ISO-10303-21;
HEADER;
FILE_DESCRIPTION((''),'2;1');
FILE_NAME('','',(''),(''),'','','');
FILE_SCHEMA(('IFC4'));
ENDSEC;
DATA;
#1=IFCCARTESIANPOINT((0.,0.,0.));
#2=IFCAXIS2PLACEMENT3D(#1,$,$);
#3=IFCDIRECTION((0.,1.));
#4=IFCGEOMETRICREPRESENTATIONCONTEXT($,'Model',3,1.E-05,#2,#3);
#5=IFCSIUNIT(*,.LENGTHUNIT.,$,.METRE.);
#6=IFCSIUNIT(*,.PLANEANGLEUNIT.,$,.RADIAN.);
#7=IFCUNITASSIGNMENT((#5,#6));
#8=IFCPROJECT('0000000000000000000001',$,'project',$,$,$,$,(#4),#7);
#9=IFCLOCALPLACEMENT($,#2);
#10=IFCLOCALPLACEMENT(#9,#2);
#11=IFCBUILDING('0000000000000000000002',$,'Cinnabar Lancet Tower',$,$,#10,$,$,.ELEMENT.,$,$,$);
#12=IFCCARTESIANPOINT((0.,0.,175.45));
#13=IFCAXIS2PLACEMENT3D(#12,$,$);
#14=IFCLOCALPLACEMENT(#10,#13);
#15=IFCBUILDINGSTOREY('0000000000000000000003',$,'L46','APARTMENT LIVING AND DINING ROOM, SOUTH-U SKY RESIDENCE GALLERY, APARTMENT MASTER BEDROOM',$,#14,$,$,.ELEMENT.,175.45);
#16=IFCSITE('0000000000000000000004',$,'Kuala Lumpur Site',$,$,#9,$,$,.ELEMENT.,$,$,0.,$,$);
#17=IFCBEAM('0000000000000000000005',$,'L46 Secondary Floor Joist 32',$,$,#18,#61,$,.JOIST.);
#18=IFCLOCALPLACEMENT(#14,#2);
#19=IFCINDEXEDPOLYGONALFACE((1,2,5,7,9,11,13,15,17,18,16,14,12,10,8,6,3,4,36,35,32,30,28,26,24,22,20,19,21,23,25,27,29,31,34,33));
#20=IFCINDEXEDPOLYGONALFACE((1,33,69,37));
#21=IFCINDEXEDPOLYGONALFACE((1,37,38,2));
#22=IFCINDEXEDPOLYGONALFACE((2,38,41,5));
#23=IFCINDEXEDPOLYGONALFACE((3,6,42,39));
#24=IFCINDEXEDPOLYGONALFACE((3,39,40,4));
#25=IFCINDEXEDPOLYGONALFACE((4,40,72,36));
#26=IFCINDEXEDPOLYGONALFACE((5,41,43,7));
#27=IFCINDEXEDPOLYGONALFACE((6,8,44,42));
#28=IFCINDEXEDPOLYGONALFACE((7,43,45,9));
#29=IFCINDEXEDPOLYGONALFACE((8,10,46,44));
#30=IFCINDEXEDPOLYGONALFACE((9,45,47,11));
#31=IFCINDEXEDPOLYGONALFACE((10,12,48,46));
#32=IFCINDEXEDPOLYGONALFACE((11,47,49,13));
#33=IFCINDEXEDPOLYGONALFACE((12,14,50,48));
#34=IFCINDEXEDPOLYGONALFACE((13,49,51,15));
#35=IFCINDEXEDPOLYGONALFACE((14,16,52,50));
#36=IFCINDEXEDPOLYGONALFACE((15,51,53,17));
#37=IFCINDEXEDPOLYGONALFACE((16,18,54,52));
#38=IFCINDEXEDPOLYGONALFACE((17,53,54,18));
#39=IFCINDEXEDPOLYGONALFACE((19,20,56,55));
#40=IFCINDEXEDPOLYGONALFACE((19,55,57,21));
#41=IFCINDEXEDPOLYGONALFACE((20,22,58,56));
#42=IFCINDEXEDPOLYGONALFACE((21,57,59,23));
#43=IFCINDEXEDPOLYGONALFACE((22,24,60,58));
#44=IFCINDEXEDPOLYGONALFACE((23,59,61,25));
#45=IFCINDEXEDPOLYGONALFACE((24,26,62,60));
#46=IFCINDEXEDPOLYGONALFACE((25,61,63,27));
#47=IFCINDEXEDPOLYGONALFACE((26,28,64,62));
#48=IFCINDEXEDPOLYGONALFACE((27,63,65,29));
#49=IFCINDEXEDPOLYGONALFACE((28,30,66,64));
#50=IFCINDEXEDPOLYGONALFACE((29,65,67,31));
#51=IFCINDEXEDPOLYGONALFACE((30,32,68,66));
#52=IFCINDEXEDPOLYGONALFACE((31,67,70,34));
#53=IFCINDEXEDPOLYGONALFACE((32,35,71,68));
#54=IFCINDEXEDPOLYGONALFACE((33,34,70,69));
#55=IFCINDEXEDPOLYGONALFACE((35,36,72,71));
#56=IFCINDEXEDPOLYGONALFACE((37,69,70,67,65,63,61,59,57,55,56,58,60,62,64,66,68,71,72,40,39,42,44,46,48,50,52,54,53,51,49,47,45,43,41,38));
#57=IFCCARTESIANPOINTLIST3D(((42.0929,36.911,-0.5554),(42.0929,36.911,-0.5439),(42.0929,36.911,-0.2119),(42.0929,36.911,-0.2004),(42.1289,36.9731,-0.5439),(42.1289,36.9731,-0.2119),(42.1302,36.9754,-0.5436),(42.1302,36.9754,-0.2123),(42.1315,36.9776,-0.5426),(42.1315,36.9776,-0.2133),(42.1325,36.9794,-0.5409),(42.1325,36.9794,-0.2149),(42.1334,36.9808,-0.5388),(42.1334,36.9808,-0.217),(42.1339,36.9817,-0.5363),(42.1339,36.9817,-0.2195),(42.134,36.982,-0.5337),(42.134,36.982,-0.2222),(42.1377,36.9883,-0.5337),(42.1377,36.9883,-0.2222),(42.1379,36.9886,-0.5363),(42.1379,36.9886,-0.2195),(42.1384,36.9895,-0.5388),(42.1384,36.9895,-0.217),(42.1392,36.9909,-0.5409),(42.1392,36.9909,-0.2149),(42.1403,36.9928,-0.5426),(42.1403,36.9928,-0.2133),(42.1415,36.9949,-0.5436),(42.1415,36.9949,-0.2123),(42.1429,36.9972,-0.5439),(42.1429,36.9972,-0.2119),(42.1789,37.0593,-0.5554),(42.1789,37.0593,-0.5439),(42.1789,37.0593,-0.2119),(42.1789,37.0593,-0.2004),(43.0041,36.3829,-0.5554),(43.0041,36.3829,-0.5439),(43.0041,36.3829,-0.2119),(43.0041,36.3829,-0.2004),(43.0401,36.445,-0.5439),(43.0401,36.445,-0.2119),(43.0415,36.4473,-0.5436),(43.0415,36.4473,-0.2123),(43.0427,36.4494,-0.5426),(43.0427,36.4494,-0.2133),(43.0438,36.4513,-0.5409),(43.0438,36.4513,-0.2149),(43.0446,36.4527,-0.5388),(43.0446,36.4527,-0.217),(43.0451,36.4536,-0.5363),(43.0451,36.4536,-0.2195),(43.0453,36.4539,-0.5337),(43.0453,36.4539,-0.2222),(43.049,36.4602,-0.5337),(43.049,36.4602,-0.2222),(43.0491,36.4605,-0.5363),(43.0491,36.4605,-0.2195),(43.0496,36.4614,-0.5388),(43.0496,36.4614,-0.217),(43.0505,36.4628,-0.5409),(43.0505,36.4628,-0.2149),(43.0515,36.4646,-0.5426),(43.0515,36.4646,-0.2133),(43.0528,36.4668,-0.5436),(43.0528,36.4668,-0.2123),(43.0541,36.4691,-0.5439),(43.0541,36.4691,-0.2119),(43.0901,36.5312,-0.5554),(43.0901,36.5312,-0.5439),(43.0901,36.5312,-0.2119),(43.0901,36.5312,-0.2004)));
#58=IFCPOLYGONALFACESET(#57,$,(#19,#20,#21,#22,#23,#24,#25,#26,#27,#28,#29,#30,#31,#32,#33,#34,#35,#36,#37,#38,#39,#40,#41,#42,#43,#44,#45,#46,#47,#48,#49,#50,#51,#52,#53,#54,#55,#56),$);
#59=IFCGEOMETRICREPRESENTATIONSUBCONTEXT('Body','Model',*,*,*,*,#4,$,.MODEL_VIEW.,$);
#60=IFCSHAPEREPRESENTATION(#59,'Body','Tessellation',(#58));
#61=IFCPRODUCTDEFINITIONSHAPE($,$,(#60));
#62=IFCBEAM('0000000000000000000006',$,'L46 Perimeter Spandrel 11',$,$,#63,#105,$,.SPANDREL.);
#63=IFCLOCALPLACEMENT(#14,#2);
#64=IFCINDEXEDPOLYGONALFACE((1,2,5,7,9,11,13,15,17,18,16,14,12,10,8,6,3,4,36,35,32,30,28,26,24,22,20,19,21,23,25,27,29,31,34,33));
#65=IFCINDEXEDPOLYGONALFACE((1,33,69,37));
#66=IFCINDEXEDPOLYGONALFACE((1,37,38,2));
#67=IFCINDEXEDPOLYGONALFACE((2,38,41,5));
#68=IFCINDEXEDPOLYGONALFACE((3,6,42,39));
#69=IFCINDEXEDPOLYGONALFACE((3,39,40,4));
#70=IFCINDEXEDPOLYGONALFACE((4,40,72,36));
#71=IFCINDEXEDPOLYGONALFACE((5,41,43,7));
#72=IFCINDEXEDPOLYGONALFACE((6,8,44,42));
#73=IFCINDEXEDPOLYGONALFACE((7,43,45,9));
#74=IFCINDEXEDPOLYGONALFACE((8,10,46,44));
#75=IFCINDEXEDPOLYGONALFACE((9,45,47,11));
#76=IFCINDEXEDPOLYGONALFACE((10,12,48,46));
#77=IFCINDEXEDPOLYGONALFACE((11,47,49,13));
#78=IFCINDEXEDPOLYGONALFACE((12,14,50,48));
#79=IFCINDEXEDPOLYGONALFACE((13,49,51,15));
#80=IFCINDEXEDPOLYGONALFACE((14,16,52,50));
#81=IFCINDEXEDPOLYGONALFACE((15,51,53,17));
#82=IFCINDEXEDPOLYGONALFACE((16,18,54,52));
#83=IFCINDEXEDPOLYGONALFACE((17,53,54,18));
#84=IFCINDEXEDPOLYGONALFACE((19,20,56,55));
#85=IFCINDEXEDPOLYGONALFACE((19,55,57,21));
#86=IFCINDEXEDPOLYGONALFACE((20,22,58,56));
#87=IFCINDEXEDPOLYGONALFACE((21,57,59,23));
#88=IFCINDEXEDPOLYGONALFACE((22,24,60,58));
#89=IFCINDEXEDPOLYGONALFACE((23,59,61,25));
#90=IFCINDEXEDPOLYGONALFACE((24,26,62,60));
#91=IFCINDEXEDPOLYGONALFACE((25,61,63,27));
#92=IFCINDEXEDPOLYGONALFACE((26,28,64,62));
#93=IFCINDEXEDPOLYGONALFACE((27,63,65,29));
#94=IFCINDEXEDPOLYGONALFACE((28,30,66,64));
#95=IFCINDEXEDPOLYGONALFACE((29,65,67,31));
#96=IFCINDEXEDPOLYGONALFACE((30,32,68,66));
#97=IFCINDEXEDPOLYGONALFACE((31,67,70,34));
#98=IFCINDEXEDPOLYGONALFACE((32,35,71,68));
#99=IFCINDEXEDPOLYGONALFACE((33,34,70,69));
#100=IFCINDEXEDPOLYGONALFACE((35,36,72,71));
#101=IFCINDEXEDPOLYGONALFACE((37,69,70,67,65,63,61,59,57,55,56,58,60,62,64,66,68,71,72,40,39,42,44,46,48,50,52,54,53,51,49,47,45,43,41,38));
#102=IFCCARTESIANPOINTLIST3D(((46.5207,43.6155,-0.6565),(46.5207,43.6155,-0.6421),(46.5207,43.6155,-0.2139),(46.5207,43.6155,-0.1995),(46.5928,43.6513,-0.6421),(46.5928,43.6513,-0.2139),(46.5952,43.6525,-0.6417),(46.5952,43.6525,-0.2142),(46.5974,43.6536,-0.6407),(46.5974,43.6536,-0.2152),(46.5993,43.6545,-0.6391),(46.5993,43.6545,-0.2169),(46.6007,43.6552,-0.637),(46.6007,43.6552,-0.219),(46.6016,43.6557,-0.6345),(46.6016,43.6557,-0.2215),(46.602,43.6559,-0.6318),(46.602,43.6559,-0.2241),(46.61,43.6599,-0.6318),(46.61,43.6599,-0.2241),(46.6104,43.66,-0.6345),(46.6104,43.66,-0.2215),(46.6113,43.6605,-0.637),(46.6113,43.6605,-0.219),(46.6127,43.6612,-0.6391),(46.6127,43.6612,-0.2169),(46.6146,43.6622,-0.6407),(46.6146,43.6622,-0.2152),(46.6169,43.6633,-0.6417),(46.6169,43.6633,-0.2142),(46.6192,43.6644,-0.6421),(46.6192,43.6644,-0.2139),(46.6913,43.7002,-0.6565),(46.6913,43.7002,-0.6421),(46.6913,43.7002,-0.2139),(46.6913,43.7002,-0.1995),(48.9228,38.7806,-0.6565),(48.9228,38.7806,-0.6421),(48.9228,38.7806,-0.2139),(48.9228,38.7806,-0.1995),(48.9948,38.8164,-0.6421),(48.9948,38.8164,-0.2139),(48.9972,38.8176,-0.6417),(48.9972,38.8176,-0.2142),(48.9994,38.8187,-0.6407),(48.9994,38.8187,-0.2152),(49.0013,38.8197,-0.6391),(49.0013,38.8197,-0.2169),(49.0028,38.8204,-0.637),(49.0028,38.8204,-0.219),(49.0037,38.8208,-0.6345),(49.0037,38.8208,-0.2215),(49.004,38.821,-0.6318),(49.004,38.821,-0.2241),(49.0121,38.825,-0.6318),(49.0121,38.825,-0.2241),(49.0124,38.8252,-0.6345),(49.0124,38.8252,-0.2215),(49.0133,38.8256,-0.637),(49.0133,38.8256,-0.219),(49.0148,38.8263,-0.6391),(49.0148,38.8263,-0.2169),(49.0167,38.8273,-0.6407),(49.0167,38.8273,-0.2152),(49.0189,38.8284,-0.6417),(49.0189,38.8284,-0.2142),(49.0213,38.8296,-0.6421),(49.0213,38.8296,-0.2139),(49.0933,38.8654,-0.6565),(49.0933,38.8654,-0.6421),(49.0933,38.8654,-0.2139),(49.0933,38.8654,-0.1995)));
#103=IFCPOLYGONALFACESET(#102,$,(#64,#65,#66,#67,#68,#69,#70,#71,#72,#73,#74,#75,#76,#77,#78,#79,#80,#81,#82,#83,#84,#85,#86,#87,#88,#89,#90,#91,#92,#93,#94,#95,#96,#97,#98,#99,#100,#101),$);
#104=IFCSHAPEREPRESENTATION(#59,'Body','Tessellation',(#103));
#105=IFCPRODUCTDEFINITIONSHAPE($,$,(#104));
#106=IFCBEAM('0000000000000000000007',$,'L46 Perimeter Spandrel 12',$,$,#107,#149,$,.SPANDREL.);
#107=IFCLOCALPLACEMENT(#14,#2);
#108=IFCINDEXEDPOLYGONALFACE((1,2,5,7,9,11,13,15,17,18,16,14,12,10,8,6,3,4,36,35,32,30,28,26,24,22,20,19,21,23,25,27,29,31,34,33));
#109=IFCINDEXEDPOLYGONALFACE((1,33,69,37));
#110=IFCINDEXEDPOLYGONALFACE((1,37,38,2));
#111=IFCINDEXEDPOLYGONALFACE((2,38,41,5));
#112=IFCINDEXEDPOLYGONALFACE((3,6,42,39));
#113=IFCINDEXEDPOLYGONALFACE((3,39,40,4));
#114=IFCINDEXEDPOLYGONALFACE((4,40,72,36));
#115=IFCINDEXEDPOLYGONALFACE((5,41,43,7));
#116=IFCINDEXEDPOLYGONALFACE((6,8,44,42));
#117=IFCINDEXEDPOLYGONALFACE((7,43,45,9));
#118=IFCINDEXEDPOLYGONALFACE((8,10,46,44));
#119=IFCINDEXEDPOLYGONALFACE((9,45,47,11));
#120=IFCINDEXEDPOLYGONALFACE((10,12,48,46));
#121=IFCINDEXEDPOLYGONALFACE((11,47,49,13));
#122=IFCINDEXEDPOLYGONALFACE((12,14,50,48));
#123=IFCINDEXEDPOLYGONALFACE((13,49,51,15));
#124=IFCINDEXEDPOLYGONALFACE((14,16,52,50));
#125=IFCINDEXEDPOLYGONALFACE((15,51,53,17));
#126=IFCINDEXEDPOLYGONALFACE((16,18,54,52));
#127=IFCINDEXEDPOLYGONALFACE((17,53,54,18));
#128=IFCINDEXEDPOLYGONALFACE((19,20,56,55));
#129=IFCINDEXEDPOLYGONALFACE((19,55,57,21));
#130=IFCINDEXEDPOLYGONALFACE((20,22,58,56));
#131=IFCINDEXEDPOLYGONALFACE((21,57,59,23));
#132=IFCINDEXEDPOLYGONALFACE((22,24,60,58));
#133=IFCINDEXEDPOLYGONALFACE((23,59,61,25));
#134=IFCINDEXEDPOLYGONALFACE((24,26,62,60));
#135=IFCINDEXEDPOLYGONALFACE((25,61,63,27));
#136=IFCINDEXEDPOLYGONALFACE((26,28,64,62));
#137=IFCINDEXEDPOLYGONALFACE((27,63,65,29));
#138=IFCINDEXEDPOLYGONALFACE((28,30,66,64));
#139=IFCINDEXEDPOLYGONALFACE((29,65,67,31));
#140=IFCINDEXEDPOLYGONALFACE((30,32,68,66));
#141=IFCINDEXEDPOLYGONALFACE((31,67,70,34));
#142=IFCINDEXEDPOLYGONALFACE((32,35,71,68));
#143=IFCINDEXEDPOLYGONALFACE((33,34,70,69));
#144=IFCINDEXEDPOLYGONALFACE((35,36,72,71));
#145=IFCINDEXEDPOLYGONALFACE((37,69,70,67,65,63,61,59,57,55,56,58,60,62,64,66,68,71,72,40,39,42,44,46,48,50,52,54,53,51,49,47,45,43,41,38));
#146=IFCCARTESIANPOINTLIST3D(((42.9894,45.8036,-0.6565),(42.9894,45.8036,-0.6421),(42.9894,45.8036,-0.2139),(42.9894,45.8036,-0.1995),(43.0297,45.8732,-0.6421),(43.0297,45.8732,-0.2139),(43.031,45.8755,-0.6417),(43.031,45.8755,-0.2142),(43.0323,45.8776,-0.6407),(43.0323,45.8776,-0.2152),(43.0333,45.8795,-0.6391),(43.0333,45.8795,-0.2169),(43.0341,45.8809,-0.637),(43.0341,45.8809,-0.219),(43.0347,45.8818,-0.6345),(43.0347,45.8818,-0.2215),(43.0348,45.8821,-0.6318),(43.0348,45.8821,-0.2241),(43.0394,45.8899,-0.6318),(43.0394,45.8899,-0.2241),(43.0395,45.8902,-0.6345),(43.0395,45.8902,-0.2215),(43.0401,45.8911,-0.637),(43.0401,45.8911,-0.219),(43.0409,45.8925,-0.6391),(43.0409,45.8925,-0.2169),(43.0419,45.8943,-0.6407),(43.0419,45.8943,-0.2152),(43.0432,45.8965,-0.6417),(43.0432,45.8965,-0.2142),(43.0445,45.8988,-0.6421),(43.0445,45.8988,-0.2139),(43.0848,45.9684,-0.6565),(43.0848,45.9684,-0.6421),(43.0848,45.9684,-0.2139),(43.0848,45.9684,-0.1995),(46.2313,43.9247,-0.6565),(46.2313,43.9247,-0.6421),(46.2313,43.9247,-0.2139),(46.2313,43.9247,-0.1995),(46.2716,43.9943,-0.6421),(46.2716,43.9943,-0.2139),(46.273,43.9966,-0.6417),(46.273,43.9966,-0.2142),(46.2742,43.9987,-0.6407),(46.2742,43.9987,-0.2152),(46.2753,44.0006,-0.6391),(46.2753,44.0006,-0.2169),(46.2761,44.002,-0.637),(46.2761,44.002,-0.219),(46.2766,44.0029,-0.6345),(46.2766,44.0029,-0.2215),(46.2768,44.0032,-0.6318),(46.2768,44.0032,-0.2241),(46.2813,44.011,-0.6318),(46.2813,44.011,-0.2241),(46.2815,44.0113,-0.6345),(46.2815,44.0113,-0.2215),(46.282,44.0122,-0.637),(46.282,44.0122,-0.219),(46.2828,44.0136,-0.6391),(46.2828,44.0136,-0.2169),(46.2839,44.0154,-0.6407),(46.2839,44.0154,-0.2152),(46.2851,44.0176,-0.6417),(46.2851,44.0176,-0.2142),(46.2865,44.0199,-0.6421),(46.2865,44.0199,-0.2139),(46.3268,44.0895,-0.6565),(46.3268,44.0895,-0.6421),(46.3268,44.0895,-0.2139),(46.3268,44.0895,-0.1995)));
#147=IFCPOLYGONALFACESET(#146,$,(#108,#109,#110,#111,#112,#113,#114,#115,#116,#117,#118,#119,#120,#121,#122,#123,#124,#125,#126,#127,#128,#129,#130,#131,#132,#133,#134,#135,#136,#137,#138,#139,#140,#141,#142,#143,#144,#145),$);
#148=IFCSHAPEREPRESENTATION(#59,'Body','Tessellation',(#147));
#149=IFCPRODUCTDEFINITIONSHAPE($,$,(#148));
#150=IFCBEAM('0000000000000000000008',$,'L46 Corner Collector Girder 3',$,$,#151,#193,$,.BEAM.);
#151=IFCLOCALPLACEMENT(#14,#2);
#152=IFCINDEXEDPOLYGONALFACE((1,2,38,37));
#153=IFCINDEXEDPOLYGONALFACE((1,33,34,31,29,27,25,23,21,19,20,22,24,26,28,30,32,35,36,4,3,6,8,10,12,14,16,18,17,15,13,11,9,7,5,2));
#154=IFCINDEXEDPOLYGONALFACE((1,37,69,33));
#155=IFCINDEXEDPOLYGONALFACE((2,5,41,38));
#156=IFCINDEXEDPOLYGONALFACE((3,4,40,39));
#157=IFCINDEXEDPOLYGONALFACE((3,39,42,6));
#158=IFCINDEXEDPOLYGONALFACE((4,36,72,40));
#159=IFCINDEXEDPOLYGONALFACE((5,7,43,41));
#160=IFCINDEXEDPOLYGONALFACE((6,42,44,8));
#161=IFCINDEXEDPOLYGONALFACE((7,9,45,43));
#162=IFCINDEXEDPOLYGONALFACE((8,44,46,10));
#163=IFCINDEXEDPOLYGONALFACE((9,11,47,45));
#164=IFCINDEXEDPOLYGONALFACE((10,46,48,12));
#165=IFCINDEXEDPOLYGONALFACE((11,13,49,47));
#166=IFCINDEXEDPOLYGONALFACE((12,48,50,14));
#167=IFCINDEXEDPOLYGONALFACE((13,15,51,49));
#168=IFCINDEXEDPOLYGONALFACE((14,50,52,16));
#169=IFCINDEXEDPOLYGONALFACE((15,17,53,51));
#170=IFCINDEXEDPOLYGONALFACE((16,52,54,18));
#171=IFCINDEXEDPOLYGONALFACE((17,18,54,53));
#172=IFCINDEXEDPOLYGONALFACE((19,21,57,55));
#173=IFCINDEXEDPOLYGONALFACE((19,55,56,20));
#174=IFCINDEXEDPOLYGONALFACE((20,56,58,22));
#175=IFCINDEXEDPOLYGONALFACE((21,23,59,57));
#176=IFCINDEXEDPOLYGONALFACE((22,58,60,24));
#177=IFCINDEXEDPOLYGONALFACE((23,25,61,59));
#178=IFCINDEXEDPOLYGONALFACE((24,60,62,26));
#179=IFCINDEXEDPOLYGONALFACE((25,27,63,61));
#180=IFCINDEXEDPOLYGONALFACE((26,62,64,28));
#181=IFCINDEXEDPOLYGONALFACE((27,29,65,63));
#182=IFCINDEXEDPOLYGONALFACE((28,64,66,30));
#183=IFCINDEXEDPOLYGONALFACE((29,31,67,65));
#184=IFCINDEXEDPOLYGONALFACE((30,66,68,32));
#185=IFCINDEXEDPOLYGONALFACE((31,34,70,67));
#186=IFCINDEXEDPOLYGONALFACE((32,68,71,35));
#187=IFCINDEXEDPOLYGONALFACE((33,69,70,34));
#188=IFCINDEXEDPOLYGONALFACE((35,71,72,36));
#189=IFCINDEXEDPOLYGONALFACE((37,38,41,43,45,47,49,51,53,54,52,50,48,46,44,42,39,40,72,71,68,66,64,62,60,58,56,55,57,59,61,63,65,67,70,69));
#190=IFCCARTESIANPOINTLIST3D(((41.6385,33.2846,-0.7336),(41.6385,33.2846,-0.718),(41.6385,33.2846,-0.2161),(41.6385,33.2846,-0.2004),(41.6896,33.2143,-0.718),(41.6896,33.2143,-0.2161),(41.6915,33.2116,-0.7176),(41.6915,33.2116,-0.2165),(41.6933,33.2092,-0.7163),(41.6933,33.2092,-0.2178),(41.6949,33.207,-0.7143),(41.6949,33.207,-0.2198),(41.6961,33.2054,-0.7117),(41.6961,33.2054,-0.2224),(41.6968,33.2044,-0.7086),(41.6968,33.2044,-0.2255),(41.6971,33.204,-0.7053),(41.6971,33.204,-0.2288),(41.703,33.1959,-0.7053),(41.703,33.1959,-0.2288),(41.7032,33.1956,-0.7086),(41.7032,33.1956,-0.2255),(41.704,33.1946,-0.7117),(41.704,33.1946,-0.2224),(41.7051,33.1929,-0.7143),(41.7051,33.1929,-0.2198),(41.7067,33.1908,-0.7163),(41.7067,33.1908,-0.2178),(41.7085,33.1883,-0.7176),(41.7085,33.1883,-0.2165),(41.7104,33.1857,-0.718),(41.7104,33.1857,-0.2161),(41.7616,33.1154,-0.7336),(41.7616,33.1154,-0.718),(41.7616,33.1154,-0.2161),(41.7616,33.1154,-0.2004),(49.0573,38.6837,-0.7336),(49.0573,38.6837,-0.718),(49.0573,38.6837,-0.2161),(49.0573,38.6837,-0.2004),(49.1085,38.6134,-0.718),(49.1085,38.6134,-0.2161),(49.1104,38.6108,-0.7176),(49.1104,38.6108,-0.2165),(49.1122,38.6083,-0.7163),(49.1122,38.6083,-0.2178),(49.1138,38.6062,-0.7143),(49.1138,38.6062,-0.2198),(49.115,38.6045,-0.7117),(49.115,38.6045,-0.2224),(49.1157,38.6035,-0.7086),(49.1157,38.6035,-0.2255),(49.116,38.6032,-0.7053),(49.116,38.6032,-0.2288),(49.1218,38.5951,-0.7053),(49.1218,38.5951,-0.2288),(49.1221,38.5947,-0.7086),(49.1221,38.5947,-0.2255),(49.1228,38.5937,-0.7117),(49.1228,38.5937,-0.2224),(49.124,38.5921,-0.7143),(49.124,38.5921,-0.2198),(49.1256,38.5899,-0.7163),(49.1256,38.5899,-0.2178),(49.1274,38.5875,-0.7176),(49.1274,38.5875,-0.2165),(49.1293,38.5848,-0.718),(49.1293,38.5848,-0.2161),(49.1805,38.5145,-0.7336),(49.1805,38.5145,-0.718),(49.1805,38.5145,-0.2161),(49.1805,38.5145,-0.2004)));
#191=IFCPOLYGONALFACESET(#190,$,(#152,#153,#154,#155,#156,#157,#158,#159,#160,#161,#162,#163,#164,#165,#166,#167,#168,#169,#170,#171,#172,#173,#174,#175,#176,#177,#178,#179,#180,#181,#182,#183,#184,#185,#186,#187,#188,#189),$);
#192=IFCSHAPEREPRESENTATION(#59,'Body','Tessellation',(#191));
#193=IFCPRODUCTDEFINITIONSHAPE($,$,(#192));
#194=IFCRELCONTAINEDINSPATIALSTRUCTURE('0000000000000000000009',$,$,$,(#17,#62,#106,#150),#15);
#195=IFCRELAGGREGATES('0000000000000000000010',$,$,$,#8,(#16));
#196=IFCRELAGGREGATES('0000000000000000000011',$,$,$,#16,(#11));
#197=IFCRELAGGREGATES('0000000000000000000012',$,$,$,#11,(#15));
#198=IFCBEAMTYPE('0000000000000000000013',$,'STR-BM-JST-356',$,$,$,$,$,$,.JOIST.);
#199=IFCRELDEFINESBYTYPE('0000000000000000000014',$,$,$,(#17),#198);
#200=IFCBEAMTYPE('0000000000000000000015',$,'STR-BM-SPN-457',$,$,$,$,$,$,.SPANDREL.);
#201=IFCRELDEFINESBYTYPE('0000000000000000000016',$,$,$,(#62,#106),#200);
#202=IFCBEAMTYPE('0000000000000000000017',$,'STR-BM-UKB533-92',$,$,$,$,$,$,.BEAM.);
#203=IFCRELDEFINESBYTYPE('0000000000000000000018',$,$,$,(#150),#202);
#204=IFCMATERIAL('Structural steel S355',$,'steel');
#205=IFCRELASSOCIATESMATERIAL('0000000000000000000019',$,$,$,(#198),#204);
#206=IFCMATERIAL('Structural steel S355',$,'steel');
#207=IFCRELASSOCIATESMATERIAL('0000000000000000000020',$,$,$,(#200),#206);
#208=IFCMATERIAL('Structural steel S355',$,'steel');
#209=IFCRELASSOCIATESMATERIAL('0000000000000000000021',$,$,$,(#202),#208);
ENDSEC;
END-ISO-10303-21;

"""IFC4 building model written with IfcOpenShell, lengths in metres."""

from ifc_helpers import new_model, si_unit, direction, frame, origin, origin_2d, place, context, subcontext, project, spatial, i_section, extrude, material, material_profile, profile_set, type_object, element, save


model = new_model("IFC4")

# Units and contexts
model_context = context("Model", 3, precision=1e-05, world=origin(), true_north=direction((0.0, 1.0)))
body_context = subcontext(model_context, "Body", "Model", "MODEL_VIEW")
ifc_project = project(units=[si_unit("LENGTHUNIT", "METRE"), si_unit("PLANEANGLEUNIT", "RADIAN")], contexts=[model_context])

# Site, building, storey
site_placement = place(None, origin())
site = spatial("IfcSite", under=ifc_project, at=site_placement, Name="Kuala Lumpur Site", CompositionType="ELEMENT", RefElevation=0.0)
building_placement = place(site_placement, origin())
building = spatial("IfcBuilding", under=site, at=building_placement, Name="Cinnabar Lancet Tower", CompositionType="ELEMENT")
storey_placement = place(building_placement, frame((0.0, 0.0, 175.45)))
storey = spatial("IfcBuildingStorey", under=building, at=storey_placement, Name="L46", Description="APARTMENT LIVING AND DINING ROOM, SOUTH-U SKY RESIDENCE GALLERY, APARTMENT MASTER BEDROOM", CompositionType="ELEMENT", Elevation=175.45)

# Beams
ifc_material_1 = material(Name="Structural steel S355", Category="steel")
ifc_material_profile_1 = material_profile(ifc_material_1, i_section(OverallWidth=0.1714, OverallDepth=0.355, WebThickness=0.0073, FlangeThickness=0.0115, FilletRadius=0.0103, at=origin_2d()), Name="UKB 356x171x51")
ifc_profile_set_1 = profile_set([ifc_material_profile_1], Name="Structural steel S355")
beam_type_1 = type_object("IfcBeamType", Name="STR-BM-JST-356", PredefinedType="JOIST", material=ifc_profile_set_1)
beam_1_placement = place(storey_placement, frame((43.0471, 36.457, -0.3779), z_axis=(-0.865188, 0.501447, 0.0), x_axis=(-0.501447, -0.865188, 0.0)))
element("IfcBeam", 1, at=beam_1_placement, inside=storey, type_object=beam_type_1, Name="L46 Secondary Floor Joist 32", PredefinedType="JOIST", context=body_context, shape_type="SweptSolid", body=[
    extrude(i_section(OverallWidth=0.1714, OverallDepth=0.355, WebThickness=0.0073, FlangeThickness=0.0115, FilletRadius=0.0103, at=origin_2d()), origin(), (0.0, 0.0, 1.0), 1.0532),
])
ifc_material_2 = material(Name="Structural steel S355", Category="steel")
ifc_material_profile_2 = material_profile(ifc_material_2, i_section(OverallWidth=0.1904, OverallDepth=0.457, WebThickness=0.009, FlangeThickness=0.0144, FilletRadius=0.0103, at=origin_2d()), Name="UKB 457x191x74")
ifc_profile_set_2 = profile_set([ifc_material_profile_2], Name="Structural steel S355")
beam_type_2 = type_object("IfcBeamType", Name="STR-BM-SPN-457", PredefinedType="SPANDREL", material=ifc_profile_set_2)
beam_2_placement = place(storey_placement, frame((49.0081, 38.823, -0.428), z_axis=(-0.444933, 0.895564, 0.0), x_axis=(-0.895564, -0.444933, 0.0)))
element("IfcBeam", 2, at=beam_2_placement, inside=storey, type_object=beam_type_2, Name="L46 Perimeter Spandrel 11", PredefinedType="SPANDREL", context=body_context, shape_type="SweptSolid", body=[
    extrude(i_section(OverallWidth=0.1904, OverallDepth=0.457, WebThickness=0.009, FlangeThickness=0.0144, FilletRadius=0.0103, at=origin_2d()), origin(), (0.0, 0.0, 1.0), 5.3987),
])
beam_3_placement = place(storey_placement, frame((46.2791, 44.0071, -0.428), z_axis=(-0.865196, 0.501434, 0.0), x_axis=(-0.501434, -0.865196, 0.0)))
element("IfcBeam", 3, at=beam_3_placement, inside=storey, type_object=beam_type_2, Name="L46 Perimeter Spandrel 12", PredefinedType="SPANDREL", context=body_context, shape_type="SweptSolid", body=[
    extrude(i_section(OverallWidth=0.1904, OverallDepth=0.457, WebThickness=0.009, FlangeThickness=0.0144, FilletRadius=0.0103, at=origin_2d()), origin(), (0.0, 0.0, 1.0), 3.7471),
])
ifc_material_3 = material(Name="Structural steel S355", Category="steel")
ifc_material_profile_3 = material_profile(ifc_material_3, i_section(OverallWidth=0.2092, OverallDepth=0.5332, WebThickness=0.01, FlangeThickness=0.0156, FilletRadius=0.0127, at=origin_2d()), Name="UKB 533x210x92")
ifc_profile_set_3 = profile_set([ifc_material_profile_3], Name="Structural steel S355")
beam_type_3 = type_object("IfcBeamType", Name="STR-BM-UKB533-92", PredefinedType="BEAM", material=ifc_profile_set_3)
beam_4_placement = place(storey_placement, frame((49.1189, 38.5991, -0.467), z_axis=(-0.808551, -0.588426, 0.0), x_axis=(0.588426, -0.808551, 0.0)))
element("IfcBeam", 4, at=beam_4_placement, inside=storey, type_object=beam_type_3, Name="L46 Corner Collector Girder 3", PredefinedType="BEAM", context=body_context, shape_type="SweptSolid", body=[
    extrude(i_section(OverallWidth=0.2092, OverallDepth=0.5332, WebThickness=0.01, FlangeThickness=0.0156, FilletRadius=0.0127, at=origin_2d()), origin(), (0.0, 0.0, 1.0), 9.1755),
])

save(model, "model.ifc")
